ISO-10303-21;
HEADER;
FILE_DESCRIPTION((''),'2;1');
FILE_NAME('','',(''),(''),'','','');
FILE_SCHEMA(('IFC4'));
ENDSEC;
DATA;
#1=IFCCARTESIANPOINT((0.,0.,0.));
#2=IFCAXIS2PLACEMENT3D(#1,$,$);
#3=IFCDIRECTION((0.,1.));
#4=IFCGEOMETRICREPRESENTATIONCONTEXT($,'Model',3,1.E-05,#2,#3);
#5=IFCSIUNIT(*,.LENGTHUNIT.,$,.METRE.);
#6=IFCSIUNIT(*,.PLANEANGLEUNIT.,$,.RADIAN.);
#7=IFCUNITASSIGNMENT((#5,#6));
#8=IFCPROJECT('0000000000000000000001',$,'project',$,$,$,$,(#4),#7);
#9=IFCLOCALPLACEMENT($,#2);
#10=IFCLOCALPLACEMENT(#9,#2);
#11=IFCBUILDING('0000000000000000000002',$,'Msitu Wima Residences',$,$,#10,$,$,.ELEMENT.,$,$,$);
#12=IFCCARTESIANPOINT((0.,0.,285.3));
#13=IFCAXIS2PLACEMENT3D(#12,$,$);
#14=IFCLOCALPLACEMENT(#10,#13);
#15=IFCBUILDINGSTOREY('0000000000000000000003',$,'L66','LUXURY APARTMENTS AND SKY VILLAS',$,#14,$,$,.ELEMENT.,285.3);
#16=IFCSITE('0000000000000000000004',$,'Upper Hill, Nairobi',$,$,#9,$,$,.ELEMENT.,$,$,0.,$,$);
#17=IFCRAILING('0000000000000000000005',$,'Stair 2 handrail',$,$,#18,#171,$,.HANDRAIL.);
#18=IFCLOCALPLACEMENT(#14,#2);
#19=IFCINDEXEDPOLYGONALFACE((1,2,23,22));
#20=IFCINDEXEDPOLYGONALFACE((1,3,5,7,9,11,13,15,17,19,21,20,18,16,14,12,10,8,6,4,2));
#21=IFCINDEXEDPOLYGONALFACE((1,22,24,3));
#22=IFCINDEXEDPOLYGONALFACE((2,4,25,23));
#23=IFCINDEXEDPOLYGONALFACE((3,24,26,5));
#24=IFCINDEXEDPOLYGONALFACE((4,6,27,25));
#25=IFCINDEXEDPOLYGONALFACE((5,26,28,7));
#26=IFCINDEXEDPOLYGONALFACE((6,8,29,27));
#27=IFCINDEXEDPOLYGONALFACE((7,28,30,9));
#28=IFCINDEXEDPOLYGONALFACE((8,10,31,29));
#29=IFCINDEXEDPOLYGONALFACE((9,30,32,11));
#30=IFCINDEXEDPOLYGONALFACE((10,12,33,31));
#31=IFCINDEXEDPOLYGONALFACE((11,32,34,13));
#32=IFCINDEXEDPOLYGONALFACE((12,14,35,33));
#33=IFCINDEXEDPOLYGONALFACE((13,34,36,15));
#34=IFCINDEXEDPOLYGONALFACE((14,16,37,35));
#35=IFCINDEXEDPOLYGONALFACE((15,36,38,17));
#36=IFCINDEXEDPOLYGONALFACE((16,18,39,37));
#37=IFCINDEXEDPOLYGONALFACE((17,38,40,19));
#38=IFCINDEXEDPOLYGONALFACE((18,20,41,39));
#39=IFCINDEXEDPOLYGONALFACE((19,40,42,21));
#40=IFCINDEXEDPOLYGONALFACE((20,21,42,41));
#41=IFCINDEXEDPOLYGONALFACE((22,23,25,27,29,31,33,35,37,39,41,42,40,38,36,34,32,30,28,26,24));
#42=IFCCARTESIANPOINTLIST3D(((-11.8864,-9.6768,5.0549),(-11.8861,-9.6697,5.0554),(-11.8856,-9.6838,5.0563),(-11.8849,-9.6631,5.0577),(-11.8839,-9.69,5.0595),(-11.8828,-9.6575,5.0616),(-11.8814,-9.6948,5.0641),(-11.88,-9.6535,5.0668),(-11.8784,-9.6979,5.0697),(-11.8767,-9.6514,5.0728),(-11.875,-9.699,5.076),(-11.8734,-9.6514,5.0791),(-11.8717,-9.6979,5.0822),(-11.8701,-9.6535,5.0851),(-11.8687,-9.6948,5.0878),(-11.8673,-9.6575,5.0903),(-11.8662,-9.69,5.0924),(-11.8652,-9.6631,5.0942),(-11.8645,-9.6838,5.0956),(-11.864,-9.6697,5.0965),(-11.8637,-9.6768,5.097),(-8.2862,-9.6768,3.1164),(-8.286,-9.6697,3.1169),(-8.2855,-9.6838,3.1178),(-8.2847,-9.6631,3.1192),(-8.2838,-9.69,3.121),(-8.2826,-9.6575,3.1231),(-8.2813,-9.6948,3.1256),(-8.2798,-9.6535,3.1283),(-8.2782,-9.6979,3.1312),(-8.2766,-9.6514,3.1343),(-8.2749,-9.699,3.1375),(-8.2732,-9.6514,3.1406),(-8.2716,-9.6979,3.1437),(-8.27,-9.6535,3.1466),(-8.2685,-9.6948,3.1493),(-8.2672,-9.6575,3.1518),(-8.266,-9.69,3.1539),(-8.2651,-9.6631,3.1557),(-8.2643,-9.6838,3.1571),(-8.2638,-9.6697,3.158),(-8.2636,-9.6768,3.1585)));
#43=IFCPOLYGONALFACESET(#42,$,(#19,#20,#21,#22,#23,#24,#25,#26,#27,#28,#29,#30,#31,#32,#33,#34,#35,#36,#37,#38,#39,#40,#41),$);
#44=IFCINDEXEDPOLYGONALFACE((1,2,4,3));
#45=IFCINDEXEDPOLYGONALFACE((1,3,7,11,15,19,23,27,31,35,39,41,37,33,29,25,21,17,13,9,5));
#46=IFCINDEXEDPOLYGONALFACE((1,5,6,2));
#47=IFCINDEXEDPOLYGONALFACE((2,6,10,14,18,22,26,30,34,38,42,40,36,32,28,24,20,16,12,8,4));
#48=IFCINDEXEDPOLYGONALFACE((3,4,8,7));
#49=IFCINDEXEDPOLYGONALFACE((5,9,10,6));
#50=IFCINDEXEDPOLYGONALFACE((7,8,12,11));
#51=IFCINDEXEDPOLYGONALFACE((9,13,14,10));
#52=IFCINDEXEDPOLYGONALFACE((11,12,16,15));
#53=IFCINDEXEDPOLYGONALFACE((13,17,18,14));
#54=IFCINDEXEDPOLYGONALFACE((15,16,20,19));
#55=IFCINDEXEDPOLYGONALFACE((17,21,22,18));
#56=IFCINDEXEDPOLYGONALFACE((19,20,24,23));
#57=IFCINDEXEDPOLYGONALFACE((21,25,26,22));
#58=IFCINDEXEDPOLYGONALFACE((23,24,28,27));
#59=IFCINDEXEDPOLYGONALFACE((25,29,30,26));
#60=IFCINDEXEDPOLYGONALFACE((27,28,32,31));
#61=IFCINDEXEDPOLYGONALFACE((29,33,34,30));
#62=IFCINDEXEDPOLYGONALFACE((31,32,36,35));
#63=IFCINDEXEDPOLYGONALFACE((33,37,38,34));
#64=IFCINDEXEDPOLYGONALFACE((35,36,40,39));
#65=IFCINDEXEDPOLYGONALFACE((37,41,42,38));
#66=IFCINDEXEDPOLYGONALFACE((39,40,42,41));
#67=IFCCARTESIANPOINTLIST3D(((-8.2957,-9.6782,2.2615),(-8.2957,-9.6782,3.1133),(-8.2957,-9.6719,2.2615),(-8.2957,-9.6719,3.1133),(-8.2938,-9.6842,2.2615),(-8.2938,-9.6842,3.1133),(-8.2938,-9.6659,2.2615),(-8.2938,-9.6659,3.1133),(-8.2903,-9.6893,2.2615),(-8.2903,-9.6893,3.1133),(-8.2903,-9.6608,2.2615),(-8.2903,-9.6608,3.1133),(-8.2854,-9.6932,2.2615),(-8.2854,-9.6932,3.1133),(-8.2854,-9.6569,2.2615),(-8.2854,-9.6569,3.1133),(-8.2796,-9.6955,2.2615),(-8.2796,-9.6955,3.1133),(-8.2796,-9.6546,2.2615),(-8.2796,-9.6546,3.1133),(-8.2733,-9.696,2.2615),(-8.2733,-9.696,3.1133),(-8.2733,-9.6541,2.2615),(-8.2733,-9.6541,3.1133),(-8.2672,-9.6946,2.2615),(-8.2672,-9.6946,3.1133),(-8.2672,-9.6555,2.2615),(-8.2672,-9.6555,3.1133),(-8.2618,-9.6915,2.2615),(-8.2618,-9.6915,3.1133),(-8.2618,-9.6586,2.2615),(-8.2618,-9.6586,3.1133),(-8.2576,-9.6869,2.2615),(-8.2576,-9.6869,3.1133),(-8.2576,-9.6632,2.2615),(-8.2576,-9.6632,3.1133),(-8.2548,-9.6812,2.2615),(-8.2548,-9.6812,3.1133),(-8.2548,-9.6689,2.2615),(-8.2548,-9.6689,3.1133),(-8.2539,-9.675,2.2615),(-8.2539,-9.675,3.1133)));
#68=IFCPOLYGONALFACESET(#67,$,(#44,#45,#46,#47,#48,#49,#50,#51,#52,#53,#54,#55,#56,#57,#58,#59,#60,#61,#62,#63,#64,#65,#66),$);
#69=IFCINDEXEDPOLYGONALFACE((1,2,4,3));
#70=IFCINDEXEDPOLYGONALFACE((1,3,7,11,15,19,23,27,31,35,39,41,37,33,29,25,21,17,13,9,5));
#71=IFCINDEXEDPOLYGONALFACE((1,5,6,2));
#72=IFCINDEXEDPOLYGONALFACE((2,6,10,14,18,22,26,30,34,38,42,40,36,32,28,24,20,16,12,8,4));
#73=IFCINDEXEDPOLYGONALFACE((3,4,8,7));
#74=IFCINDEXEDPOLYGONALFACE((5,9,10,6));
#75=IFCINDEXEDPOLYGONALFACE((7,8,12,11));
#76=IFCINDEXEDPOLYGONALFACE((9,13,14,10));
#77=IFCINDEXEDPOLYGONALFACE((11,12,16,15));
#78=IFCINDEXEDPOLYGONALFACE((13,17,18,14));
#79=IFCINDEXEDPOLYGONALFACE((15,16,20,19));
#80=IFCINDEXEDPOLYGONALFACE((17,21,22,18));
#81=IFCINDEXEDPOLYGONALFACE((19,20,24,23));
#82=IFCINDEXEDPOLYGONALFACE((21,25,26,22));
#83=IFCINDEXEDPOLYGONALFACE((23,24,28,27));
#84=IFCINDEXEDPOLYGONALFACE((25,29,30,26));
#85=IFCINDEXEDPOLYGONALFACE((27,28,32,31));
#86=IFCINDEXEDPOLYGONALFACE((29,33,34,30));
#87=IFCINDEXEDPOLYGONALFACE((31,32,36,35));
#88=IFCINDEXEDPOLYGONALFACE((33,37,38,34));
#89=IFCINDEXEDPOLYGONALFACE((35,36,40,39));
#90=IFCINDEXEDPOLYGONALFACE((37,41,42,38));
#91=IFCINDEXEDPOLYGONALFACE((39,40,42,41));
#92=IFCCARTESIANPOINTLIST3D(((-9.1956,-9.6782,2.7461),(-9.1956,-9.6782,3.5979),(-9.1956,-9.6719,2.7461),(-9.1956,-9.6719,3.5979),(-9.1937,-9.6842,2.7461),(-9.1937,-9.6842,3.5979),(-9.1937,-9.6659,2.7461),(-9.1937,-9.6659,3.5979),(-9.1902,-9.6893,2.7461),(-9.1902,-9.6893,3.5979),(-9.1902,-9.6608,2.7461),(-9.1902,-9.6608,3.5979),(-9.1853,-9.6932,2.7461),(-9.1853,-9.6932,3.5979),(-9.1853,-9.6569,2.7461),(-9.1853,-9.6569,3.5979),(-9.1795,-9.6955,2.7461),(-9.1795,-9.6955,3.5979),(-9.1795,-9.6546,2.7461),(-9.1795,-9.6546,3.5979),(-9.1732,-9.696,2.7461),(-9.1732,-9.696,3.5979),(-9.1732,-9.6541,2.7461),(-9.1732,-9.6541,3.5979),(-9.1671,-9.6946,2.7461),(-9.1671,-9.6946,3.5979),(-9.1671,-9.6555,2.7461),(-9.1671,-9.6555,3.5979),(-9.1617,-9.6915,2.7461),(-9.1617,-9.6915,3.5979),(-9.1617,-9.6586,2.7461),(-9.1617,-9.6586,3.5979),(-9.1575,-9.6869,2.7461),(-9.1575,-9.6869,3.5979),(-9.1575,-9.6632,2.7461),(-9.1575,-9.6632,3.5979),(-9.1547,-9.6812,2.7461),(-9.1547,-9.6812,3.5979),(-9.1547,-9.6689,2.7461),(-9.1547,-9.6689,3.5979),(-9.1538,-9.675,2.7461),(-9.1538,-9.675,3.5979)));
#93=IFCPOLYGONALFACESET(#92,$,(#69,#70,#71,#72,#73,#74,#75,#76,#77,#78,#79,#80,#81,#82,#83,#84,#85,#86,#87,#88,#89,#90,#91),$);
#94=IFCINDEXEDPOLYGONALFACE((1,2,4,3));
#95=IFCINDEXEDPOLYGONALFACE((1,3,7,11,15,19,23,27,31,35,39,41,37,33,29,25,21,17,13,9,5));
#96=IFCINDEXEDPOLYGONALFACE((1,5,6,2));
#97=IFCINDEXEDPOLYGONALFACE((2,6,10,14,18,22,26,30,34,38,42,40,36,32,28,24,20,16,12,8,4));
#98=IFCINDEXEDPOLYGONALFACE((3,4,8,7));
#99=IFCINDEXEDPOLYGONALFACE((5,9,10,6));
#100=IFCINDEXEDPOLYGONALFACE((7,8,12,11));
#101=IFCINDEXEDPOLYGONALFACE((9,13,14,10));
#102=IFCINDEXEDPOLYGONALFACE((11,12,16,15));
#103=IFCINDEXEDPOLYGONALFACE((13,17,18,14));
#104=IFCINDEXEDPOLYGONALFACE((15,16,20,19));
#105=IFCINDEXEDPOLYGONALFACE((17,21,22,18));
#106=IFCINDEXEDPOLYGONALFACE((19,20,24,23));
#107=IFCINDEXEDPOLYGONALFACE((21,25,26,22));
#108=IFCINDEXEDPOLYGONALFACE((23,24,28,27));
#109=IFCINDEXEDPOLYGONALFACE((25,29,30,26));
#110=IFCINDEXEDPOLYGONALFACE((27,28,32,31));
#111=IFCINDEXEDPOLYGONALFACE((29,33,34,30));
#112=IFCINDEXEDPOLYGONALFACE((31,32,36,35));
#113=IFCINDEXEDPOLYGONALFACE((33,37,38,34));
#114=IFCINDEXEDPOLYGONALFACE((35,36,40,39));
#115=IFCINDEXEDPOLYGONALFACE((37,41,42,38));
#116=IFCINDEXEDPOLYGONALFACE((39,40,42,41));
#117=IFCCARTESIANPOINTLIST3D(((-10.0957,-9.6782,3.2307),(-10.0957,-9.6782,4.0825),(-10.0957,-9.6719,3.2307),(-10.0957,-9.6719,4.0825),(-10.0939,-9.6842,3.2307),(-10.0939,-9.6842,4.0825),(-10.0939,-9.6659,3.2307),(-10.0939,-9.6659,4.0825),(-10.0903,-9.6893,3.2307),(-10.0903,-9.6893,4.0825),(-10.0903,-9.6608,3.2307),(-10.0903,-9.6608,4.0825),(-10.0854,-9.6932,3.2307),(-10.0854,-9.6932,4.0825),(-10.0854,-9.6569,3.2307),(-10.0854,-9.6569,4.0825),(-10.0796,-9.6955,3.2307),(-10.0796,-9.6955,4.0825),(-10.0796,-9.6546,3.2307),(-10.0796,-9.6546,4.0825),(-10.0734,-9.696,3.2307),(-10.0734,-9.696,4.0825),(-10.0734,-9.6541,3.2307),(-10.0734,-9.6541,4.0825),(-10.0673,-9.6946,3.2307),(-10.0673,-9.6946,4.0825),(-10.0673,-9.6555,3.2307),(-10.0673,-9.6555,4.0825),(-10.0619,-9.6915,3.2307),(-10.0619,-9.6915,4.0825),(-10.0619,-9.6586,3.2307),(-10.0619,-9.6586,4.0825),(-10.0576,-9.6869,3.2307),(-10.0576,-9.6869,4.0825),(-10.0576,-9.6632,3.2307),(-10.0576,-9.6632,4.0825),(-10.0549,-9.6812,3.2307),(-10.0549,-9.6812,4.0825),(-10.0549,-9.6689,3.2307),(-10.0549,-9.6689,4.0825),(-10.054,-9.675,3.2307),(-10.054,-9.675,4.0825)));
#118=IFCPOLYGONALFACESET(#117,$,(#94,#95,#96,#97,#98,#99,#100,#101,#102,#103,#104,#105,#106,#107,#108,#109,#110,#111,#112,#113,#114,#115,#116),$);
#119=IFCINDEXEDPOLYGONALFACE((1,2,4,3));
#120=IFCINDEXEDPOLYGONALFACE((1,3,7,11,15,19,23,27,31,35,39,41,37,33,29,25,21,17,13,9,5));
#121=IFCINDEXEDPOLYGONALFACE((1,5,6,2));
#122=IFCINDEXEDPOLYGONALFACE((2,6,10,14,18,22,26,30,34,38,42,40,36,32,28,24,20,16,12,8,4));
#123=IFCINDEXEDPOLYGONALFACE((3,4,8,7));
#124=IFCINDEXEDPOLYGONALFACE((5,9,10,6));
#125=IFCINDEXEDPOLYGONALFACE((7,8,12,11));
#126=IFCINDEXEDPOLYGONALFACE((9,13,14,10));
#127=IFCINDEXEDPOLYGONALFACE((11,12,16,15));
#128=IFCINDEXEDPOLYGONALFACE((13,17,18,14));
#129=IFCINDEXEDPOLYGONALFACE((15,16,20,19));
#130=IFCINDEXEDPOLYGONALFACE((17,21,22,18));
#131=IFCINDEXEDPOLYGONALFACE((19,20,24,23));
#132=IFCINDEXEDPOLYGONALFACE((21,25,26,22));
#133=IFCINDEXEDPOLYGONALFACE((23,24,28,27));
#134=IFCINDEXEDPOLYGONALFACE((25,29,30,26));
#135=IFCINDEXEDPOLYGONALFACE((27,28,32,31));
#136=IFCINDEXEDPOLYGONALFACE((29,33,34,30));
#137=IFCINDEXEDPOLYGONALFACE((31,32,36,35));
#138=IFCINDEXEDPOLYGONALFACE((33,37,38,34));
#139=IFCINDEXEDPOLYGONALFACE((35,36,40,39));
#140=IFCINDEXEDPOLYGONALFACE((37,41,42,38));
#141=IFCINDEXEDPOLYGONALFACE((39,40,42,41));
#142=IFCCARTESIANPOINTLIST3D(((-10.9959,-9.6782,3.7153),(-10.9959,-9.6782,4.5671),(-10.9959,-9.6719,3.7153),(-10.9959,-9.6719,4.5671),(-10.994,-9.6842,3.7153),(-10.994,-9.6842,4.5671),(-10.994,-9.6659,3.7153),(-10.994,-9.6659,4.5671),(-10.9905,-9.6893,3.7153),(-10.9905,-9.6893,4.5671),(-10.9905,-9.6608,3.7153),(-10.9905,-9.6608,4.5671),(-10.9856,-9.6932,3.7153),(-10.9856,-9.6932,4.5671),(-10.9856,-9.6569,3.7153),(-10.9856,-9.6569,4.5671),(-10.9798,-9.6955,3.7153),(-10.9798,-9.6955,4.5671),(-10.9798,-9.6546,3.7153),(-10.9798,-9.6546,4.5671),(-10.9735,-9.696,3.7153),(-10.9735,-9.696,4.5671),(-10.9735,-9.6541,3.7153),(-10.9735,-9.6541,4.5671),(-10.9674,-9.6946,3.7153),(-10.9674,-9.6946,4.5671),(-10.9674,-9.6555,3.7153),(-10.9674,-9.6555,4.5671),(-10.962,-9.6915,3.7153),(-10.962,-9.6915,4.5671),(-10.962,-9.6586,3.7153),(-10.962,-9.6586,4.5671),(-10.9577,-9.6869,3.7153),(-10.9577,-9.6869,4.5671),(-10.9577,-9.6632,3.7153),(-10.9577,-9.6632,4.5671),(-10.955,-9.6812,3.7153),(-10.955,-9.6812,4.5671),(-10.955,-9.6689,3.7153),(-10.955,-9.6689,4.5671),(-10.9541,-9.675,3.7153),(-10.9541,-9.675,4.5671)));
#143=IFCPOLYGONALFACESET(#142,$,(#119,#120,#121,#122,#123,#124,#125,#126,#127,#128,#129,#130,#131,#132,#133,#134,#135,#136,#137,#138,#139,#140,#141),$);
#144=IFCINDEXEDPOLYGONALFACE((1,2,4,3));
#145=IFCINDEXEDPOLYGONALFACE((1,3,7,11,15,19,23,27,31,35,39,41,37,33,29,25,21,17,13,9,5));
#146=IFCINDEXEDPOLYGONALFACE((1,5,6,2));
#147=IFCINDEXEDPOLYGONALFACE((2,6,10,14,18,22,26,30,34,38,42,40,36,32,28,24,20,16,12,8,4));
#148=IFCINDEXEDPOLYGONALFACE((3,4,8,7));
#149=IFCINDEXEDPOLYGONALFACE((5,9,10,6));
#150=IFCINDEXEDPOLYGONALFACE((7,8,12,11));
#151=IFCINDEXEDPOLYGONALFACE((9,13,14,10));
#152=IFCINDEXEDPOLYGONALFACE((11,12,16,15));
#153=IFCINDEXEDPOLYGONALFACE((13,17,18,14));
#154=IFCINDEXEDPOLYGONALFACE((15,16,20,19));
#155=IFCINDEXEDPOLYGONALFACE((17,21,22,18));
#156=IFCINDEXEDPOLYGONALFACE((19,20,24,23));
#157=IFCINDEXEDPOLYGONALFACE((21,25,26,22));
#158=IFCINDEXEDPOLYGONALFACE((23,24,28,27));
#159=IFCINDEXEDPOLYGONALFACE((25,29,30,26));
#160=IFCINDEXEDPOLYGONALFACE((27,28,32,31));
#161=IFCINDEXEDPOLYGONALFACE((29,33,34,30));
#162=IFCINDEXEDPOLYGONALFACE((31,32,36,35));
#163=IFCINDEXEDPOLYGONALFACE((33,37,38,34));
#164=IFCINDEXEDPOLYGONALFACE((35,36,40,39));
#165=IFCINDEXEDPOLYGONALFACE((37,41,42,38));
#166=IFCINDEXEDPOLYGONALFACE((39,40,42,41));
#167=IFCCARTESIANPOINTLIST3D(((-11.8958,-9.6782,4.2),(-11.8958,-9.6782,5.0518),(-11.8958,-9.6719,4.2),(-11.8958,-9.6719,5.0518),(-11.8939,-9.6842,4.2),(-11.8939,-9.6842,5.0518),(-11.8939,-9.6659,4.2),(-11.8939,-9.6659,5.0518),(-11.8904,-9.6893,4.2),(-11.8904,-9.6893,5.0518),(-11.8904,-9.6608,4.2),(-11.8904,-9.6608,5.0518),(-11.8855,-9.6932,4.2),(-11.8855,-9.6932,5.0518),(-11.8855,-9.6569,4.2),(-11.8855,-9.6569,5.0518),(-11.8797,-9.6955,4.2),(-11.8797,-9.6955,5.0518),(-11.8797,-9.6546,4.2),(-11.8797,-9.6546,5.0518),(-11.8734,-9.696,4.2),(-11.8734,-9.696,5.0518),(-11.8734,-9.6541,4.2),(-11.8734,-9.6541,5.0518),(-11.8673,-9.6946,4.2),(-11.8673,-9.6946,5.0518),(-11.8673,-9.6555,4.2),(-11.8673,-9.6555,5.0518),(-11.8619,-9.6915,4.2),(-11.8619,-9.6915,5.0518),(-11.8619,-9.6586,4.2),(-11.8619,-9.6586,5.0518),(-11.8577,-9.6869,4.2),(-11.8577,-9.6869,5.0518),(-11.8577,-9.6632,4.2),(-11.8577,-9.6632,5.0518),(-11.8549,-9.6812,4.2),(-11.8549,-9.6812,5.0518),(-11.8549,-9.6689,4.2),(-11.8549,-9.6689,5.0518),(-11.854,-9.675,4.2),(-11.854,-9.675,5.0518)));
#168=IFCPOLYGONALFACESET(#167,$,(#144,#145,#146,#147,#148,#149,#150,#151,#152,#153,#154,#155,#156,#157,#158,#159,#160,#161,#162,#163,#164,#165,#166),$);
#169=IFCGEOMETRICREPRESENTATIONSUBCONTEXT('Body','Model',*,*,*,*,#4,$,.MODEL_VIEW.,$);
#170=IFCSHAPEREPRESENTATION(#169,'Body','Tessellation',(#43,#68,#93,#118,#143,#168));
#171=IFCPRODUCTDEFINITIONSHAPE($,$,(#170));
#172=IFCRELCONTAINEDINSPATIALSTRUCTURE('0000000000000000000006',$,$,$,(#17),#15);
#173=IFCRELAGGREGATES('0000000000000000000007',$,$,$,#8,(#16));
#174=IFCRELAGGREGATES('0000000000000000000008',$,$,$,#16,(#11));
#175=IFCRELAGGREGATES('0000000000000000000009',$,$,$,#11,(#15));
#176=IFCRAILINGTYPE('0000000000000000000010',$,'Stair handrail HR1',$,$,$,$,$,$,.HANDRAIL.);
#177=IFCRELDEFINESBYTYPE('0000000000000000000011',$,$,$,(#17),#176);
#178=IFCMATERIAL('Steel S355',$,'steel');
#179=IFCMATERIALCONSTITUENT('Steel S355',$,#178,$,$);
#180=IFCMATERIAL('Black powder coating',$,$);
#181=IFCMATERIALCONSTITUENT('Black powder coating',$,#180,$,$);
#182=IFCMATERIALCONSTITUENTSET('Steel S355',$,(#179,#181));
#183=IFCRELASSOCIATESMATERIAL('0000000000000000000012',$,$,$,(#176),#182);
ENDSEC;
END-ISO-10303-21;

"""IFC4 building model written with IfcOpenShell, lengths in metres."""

from ifc_helpers import new_model, si_unit, direction, frame, origin, origin_2d, place, context, subcontext, project, spatial, circle, extrude, material, constituent, constituent_set, type_object, element, save


model = new_model("IFC4")

# Units and contexts
model_context = context("Model", 3, precision=1e-05, world=origin(), true_north=direction((0.0, 1.0)))
body_context = subcontext(model_context, "Body", "Model", "MODEL_VIEW")
ifc_project = project(units=[si_unit("LENGTHUNIT", "METRE"), si_unit("PLANEANGLEUNIT", "RADIAN")], contexts=[model_context])

# Site, building, storey
site_placement = place(None, origin())
site = spatial("IfcSite", under=ifc_project, at=site_placement, Name="Upper Hill, Nairobi", CompositionType="ELEMENT", RefElevation=0.0)
building_placement = place(site_placement, origin())
building = spatial("IfcBuilding", under=site, at=building_placement, Name="Msitu Wima Residences", CompositionType="ELEMENT")
storey_placement = place(building_placement, frame((0.0, 0.0, 285.3)))
storey = spatial("IfcBuildingStorey", under=building, at=storey_placement, Name="L66", Description="LUXURY APARTMENTS AND SKY VILLAS", CompositionType="ELEMENT", Elevation=285.3)

# Railing
ifc_material_1 = material(Name="Steel S355", Category="steel")
ifc_constituent_1 = constituent(ifc_material_1, Name="Steel S355")
ifc_material_2 = material(Name="Black powder coating")
ifc_constituent_2 = constituent(ifc_material_2, Name="Black powder coating")
ifc_constituent_set = constituent_set(constituents=[ifc_constituent_1, ifc_constituent_2], Name="Steel S355")
railing_type = type_object("IfcRailingType", Name="Stair handrail HR1", PredefinedType="HANDRAIL", material=ifc_constituent_set)
railing_placement = place(storey_placement, frame((-8.2749, -9.675, 2.2615)))
element("IfcRailing", 1, at=railing_placement, inside=storey, type_object=railing_type, Name="Stair 2 handrail", PredefinedType="HANDRAIL", context=body_context, shape_type="SweptSolid", body=[
    extrude(circle(Radius=0.0239, at=origin_2d()), frame((0.0, 0.0, 0.876), z_axis=(-0.880475, 0.0, 0.474093), x_axis=(0.0, -1.0, 0.0)), (0.0, 0.0, 1.0), 4.0889),
    extrude(circle(Radius=0.021, at=origin_2d()), origin(), (0.0, 0.0, 1.0), 0.8518),
    extrude(circle(Radius=0.021, at=origin_2d()), frame((-0.8999, 0.0, 0.4846)), (0.0, 0.0, 1.0), 0.8518),
    extrude(circle(Radius=0.021, at=origin_2d()), frame((-1.8, 0.0, 0.9692)), (0.0, 0.0, 1.0), 0.8518),
    extrude(circle(Radius=0.021, at=origin_2d()), frame((-2.7002, 0.0, 1.4539)), (0.0, 0.0, 1.0), 0.8518),
    extrude(circle(Radius=0.021, at=origin_2d()), frame((-3.6001, 0.0, 1.9385)), (0.0, 0.0, 1.0), 0.8518),
])

save(model, "model.ifc")
